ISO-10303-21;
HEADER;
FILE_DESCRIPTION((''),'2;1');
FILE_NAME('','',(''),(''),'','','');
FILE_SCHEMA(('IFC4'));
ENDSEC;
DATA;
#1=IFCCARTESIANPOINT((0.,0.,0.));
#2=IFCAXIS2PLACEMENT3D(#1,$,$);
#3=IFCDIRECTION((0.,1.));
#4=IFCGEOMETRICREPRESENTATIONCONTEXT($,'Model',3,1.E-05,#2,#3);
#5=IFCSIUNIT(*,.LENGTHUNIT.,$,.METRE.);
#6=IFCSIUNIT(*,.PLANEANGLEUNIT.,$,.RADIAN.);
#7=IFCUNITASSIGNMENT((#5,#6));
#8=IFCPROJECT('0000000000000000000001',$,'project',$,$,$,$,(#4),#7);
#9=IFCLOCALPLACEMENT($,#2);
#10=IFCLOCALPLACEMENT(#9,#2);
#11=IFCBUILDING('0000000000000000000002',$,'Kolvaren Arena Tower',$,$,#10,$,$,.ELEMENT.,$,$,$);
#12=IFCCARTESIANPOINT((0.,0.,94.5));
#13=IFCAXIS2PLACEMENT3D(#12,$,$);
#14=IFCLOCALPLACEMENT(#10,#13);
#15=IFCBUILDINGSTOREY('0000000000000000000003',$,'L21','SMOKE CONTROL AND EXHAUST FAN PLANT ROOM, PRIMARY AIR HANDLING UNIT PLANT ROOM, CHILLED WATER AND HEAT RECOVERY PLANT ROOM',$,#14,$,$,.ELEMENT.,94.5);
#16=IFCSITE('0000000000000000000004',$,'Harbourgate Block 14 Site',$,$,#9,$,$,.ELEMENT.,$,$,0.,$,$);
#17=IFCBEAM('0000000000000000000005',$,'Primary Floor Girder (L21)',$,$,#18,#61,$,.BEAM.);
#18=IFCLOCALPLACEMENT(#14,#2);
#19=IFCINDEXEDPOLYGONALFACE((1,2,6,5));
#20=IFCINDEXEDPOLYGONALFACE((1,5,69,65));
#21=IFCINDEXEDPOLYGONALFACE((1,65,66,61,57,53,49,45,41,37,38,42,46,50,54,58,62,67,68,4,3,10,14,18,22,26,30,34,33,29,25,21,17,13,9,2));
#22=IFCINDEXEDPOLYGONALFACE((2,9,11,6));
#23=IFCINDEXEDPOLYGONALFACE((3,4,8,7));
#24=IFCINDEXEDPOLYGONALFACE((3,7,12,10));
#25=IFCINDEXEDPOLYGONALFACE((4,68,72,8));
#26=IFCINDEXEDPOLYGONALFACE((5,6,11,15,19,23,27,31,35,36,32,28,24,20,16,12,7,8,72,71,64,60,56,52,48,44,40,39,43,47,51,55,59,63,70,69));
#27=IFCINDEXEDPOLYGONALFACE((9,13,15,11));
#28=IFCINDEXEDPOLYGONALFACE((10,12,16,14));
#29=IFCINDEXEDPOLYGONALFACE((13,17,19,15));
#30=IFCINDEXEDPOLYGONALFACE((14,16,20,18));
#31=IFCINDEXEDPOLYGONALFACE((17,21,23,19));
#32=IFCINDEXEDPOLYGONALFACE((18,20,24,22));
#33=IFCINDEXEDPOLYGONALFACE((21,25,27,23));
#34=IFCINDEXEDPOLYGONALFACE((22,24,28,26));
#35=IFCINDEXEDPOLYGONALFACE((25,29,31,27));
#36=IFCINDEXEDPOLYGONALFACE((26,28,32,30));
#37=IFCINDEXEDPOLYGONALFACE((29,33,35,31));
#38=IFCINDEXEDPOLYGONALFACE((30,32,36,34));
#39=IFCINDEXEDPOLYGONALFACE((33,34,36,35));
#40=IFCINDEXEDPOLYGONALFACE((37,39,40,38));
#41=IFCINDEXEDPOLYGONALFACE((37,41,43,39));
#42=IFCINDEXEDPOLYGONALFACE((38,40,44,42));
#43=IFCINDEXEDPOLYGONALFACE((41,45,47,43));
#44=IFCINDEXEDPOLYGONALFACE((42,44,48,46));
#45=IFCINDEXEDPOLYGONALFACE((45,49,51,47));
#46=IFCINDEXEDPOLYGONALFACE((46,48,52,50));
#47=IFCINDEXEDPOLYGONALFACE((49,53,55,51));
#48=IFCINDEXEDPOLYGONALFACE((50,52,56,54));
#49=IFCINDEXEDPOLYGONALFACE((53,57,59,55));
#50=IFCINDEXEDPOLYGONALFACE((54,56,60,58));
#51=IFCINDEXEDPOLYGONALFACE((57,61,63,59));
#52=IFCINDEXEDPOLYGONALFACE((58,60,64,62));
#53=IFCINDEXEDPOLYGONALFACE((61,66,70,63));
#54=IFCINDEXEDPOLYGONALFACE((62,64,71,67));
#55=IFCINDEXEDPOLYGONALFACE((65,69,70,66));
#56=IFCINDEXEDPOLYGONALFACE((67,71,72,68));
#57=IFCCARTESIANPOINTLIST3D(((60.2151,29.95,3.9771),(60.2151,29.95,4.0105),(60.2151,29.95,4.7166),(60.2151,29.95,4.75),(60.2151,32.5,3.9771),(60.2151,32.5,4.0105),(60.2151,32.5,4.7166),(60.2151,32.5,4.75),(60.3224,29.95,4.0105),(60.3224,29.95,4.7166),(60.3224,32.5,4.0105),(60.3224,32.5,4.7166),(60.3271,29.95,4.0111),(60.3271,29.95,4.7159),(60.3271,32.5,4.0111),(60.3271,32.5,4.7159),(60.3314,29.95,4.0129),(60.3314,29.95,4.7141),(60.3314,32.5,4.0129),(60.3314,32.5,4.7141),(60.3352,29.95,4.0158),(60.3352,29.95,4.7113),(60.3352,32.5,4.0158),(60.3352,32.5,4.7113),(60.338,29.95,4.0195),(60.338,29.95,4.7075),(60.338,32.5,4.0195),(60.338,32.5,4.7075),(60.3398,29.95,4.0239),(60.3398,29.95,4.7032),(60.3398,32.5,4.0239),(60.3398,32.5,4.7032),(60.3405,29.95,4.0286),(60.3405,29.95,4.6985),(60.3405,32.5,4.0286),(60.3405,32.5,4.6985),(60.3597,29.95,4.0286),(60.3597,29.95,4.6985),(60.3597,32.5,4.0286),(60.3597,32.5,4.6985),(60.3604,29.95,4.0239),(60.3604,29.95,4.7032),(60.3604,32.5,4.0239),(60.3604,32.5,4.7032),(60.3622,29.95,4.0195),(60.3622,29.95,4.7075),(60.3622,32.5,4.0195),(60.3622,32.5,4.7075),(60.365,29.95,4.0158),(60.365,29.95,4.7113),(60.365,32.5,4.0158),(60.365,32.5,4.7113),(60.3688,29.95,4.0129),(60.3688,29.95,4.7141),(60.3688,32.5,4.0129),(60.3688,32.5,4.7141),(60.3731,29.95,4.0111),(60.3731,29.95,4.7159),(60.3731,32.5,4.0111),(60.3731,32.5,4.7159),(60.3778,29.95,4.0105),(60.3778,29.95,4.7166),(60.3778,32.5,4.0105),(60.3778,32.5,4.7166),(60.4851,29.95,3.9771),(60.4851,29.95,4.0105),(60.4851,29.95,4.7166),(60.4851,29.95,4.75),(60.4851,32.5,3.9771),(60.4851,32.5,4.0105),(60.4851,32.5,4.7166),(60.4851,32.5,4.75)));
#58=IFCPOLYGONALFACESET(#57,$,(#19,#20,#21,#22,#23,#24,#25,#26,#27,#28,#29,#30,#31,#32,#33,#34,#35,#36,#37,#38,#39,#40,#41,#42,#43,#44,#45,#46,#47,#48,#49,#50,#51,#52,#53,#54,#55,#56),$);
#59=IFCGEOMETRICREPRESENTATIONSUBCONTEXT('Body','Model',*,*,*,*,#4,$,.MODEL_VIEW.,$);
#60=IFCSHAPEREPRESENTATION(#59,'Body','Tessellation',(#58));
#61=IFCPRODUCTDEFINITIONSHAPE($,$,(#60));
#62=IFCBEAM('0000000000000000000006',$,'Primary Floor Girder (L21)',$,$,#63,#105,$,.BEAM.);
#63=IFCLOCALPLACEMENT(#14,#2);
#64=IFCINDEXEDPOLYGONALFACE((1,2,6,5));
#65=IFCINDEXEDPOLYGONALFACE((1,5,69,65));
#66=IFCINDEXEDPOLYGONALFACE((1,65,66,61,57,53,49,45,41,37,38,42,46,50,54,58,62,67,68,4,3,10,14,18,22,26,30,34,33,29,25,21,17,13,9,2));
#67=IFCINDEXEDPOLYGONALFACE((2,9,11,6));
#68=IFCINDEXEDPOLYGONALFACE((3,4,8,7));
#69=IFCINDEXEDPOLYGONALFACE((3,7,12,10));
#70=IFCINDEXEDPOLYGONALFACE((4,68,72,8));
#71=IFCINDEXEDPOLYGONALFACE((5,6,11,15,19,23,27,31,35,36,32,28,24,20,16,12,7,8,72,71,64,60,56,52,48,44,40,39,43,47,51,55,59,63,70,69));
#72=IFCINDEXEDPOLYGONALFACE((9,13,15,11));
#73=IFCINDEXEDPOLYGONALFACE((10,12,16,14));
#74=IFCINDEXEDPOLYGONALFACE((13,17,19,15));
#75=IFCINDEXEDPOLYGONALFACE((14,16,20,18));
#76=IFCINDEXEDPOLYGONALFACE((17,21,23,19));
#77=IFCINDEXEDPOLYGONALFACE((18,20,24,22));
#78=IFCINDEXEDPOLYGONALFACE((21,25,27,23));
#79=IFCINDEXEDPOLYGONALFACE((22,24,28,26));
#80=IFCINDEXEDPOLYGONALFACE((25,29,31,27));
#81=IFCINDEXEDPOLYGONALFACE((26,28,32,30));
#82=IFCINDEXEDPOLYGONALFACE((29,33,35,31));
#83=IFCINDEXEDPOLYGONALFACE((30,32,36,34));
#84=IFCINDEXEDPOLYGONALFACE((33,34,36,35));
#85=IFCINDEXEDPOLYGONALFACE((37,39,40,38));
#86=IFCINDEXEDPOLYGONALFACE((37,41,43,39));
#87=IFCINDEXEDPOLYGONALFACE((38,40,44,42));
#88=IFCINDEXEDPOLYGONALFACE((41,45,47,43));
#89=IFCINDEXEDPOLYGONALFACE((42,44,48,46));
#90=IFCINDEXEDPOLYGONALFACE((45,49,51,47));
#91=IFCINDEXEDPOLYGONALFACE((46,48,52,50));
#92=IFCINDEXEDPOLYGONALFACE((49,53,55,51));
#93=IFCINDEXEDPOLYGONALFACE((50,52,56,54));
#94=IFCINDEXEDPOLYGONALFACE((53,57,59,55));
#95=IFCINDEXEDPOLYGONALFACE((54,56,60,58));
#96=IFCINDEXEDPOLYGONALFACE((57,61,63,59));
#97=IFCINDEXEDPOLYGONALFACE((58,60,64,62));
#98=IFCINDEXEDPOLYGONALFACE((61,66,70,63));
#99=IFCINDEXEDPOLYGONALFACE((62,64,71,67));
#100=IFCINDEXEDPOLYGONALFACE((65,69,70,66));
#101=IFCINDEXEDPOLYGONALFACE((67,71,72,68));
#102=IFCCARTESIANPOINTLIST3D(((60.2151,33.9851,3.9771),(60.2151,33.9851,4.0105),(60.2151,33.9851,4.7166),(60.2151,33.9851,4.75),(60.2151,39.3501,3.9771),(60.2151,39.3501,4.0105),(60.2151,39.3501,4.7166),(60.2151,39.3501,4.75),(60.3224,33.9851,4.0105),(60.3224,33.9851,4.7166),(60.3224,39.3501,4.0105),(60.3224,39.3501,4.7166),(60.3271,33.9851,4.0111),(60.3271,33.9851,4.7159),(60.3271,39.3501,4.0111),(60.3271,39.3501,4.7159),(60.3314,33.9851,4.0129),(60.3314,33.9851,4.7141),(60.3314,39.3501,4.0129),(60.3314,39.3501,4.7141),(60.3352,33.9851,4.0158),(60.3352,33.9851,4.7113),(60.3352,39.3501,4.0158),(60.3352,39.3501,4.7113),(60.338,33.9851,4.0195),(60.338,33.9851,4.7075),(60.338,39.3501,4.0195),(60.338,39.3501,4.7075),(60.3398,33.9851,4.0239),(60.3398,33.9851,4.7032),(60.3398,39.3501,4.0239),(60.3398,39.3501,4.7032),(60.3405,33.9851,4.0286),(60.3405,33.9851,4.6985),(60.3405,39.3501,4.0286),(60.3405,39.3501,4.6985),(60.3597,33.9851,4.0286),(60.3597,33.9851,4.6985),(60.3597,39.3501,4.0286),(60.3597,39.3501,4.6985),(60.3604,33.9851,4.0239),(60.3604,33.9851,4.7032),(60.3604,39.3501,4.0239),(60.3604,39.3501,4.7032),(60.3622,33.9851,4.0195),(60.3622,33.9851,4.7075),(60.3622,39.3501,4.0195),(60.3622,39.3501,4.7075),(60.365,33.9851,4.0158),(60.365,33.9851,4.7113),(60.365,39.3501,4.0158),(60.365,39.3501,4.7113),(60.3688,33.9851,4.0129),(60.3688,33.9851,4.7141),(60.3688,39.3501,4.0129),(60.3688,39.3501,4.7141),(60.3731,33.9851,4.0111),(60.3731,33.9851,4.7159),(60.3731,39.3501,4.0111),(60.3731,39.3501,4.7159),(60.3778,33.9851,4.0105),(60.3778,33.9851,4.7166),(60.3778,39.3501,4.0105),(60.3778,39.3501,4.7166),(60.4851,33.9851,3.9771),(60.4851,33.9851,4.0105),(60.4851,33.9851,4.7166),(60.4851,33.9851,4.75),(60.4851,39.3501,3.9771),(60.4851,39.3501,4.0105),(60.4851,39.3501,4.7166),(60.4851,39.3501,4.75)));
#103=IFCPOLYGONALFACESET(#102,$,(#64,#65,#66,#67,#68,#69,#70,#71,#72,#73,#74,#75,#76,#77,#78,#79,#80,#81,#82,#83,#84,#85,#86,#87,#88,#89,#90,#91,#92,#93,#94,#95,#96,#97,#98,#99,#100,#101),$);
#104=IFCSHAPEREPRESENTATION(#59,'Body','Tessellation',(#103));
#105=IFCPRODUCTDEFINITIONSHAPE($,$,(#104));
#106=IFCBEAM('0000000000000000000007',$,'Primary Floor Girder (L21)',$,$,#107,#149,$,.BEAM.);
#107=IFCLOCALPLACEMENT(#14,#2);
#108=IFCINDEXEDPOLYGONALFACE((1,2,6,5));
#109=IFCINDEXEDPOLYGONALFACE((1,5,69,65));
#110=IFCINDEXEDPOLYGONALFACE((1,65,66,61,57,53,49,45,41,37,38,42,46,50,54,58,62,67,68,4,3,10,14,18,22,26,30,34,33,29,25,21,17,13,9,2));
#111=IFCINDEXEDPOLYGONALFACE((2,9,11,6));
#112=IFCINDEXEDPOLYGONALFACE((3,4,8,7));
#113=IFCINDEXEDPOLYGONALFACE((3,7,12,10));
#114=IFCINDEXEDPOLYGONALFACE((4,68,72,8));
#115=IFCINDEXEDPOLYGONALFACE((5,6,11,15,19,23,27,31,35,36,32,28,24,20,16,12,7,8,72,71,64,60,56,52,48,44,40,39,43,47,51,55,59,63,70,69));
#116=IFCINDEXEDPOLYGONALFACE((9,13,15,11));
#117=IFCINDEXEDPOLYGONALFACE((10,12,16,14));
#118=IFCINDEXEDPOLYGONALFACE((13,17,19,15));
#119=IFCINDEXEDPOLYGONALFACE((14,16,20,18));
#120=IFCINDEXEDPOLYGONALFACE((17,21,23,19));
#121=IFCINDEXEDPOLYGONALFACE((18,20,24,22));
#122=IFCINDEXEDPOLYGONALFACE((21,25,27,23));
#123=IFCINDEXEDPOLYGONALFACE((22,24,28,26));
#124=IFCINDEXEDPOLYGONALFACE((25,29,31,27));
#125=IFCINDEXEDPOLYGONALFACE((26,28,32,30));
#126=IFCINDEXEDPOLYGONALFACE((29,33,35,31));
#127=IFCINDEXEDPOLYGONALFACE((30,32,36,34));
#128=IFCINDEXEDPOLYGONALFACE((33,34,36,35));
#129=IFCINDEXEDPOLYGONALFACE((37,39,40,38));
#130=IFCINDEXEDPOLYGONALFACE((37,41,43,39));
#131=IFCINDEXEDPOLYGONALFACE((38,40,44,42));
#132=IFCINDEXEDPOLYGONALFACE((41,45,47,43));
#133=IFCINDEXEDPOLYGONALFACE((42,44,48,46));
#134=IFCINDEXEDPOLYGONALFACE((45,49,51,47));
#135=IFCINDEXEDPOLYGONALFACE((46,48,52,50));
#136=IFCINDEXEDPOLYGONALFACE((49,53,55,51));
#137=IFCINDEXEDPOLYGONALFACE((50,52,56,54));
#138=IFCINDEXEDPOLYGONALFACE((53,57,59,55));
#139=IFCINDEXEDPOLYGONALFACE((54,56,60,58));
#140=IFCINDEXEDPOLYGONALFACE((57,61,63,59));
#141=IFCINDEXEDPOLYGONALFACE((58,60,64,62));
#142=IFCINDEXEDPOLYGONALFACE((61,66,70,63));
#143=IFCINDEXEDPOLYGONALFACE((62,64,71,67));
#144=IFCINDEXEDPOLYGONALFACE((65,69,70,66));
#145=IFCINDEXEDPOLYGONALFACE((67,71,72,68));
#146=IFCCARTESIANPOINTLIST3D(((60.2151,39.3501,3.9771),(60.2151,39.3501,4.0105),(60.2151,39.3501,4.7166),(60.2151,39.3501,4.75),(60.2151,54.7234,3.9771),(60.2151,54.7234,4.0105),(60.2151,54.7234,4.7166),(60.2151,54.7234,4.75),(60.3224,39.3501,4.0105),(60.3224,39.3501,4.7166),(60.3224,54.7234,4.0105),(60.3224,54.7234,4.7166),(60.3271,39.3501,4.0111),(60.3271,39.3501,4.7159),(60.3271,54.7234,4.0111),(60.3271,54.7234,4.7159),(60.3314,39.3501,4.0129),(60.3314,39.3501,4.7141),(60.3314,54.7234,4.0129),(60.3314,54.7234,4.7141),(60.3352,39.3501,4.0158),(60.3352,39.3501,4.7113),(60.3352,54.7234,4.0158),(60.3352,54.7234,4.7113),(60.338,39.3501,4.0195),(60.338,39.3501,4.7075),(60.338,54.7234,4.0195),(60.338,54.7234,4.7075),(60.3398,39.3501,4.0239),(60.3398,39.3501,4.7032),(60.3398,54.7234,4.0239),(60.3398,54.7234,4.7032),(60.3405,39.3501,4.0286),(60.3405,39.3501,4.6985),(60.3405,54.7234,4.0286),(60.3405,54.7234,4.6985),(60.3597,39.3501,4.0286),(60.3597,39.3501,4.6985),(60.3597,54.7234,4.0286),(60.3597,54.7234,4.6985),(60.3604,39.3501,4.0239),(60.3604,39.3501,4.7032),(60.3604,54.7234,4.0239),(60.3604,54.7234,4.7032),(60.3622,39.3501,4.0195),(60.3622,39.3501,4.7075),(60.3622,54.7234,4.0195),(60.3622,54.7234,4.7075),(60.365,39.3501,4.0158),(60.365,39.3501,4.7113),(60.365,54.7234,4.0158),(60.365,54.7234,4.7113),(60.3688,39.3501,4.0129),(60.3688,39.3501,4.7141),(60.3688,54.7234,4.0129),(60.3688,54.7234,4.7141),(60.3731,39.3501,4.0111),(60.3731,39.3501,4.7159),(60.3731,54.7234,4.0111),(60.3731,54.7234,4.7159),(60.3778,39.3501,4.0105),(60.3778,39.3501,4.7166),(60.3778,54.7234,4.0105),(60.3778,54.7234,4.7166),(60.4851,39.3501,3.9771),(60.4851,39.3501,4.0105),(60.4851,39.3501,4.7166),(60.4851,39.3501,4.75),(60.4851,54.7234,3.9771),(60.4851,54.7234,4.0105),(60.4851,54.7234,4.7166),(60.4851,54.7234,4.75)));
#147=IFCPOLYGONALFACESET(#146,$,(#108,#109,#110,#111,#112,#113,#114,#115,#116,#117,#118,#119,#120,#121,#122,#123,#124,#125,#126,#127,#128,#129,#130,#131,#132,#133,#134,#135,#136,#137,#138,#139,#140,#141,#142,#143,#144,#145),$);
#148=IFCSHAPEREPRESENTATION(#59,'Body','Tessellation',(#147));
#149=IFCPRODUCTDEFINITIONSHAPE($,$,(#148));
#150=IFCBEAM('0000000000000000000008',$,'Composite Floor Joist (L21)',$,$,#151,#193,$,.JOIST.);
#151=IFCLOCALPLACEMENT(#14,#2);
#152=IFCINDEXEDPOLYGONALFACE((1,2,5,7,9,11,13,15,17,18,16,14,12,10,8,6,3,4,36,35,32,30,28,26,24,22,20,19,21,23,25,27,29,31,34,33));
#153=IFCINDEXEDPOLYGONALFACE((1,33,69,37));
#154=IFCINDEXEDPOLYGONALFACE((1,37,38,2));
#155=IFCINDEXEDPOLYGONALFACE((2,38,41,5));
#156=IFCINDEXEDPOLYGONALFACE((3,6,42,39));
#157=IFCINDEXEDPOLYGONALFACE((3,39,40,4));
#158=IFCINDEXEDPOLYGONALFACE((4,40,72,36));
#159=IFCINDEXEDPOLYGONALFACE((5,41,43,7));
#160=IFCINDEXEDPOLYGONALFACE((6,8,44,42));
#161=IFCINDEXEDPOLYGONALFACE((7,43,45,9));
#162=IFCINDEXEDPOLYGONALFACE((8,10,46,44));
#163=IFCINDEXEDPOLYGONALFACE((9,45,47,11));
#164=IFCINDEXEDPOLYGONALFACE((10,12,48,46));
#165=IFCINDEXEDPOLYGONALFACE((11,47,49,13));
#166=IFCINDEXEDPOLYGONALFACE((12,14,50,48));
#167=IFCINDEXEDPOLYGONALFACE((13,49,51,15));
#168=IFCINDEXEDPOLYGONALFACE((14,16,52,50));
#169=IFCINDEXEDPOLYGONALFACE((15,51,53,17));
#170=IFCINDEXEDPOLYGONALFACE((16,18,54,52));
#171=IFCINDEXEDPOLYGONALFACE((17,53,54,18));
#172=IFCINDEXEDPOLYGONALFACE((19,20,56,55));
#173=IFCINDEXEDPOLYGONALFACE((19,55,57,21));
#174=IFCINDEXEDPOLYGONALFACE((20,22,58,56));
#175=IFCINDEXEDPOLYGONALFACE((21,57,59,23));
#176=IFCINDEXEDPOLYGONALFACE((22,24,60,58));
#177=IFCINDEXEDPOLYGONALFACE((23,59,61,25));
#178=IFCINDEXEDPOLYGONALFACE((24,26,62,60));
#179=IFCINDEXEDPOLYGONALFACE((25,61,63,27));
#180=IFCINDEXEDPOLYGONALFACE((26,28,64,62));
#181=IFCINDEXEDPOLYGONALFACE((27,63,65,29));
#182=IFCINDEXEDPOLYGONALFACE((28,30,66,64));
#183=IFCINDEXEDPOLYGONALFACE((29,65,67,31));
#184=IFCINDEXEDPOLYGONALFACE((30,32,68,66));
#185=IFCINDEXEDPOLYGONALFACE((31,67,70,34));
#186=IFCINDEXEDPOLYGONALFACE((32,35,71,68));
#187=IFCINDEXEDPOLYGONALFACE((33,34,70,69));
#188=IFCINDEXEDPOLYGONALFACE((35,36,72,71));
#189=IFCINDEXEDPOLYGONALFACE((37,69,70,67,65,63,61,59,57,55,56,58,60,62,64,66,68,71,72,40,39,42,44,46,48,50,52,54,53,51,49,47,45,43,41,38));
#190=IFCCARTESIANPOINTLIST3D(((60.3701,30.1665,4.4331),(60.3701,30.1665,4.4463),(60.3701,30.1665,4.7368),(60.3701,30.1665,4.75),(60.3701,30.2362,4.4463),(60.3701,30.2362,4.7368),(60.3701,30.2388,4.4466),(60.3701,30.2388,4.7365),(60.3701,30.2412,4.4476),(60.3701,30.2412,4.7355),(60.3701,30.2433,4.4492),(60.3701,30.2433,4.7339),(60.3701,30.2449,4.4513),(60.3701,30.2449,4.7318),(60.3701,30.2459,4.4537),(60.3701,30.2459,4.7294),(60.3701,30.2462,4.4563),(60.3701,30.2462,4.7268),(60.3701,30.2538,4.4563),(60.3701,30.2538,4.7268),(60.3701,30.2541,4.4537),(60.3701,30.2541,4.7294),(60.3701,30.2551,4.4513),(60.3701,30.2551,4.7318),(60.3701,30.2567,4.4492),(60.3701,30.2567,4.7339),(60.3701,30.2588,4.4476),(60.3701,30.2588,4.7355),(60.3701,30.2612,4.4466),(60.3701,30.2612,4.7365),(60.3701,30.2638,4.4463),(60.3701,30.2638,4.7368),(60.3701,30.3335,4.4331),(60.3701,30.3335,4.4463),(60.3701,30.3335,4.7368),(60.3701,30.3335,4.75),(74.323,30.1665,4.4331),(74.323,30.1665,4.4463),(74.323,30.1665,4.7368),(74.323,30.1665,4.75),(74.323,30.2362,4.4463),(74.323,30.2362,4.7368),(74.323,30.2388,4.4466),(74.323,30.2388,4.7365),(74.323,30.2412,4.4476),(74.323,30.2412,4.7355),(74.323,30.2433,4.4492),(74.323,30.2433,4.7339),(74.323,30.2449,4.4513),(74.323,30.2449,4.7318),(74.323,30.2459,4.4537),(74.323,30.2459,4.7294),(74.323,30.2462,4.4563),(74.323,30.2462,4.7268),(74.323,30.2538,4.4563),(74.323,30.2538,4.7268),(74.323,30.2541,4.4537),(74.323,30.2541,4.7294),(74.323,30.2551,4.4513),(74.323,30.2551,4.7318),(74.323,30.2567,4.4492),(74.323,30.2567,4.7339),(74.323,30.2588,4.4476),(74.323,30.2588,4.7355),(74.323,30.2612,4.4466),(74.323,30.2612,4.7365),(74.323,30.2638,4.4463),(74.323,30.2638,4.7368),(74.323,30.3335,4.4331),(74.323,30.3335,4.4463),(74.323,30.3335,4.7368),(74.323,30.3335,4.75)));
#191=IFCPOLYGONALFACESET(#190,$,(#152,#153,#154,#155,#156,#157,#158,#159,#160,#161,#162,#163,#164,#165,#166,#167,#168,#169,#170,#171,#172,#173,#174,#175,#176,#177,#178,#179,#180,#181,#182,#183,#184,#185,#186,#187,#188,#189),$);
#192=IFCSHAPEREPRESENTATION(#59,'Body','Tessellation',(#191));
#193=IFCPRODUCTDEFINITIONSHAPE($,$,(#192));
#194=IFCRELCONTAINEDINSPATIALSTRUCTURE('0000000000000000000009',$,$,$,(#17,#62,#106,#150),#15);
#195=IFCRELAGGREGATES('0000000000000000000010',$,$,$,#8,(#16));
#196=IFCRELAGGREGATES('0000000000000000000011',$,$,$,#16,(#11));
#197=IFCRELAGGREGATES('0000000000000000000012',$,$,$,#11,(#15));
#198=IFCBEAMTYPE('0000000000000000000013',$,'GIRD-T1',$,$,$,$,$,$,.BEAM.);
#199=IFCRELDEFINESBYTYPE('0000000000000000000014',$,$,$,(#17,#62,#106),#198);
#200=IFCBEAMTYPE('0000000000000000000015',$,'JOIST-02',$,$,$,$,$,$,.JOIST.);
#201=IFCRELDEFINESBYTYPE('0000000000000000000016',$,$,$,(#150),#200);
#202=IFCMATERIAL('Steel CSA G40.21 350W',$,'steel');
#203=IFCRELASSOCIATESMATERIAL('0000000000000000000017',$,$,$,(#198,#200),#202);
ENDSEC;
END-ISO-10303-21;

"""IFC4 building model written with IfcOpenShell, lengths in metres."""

from ifc_helpers import new_model, si_unit, direction, frame, origin, origin_2d, place, context, subcontext, project, spatial, i_section, extrude, material, material_profile, profile_set, type_object, element, save


model = new_model("IFC4")

# Units and contexts
model_context = context("Model", 3, precision=1e-05, world=origin(), true_north=direction((0.0, 1.0)))
body_context = subcontext(model_context, "Body", "Model", "MODEL_VIEW")
ifc_project = project(units=[si_unit("LENGTHUNIT", "METRE"), si_unit("PLANEANGLEUNIT", "RADIAN")], contexts=[model_context])

# Site, building, storey
site_placement = place(None, origin())
site = spatial("IfcSite", under=ifc_project, at=site_placement, Name="Harbourgate Block 14 Site", CompositionType="ELEMENT", RefElevation=0.0)
building_placement = place(site_placement, origin())
building = spatial("IfcBuilding", under=site, at=building_placement, Name="Kolvaren Arena Tower", CompositionType="ELEMENT")
storey_placement = place(building_placement, frame((0.0, 0.0, 94.5)))
storey = spatial("IfcBuildingStorey", under=building, at=storey_placement, Name="L21", Description="SMOKE CONTROL AND EXHAUST FAN PLANT ROOM, PRIMARY AIR HANDLING UNIT PLANT ROOM, CHILLED WATER AND HEAT RECOVERY PLANT ROOM", CompositionType="ELEMENT", Elevation=94.5)

# Beams
ifc_material_1 = material(Name="Steel CSA G40.21 350W", Category="steel")
ifc_material_profile_1 = material_profile(ifc_material_1, i_section(OverallWidth=0.27, OverallDepth=0.7729, WebThickness=0.0193, FlangeThickness=0.0334, FilletRadius=0.0181, at=origin_2d()), Name="W760x257")
ifc_profile_set_1 = profile_set([ifc_material_profile_1], Name="Steel CSA G40.21 350W")
beam_type_1 = type_object("IfcBeamType", Name="GIRD-T1", PredefinedType="BEAM", material=ifc_profile_set_1)
beam_1_placement = place(storey_placement, frame((60.3501, 29.95, 4.3635), z_axis=(0.0, 1.0, 0.0), x_axis=(-1.0, 0.0, 0.0)))
element("IfcBeam", 1, at=beam_1_placement, inside=storey, type_object=beam_type_1, Name="Primary Floor Girder (L21)", PredefinedType="BEAM", context=body_context, shape_type="SweptSolid", body=[
    extrude(i_section(OverallWidth=0.27, OverallDepth=0.7729, WebThickness=0.0193, FlangeThickness=0.0334, FilletRadius=0.0181, at=origin_2d()), origin(), (0.0, 0.0, 1.0), 2.55),
])
beam_2_placement = place(storey_placement, frame((60.3501, 33.9851, 4.3635), z_axis=(0.0, 1.0, 0.0), x_axis=(-1.0, 0.0, 0.0)))
element("IfcBeam", 2, at=beam_2_placement, inside=storey, type_object=beam_type_1, Name="Primary Floor Girder (L21)", PredefinedType="BEAM", context=body_context, shape_type="SweptSolid", body=[
    extrude(i_section(OverallWidth=0.27, OverallDepth=0.7729, WebThickness=0.0193, FlangeThickness=0.0334, FilletRadius=0.0181, at=origin_2d()), origin(), (0.0, 0.0, 1.0), 5.365),
])
beam_3_placement = place(storey_placement, frame((60.3501, 39.3501, 4.3635), z_axis=(0.0, 1.0, 0.0), x_axis=(-1.0, 0.0, 0.0)))
element("IfcBeam", 3, at=beam_3_placement, inside=storey, type_object=beam_type_1, Name="Primary Floor Girder (L21)", PredefinedType="BEAM", context=body_context, shape_type="SweptSolid", body=[
    extrude(i_section(OverallWidth=0.27, OverallDepth=0.7729, WebThickness=0.0193, FlangeThickness=0.0334, FilletRadius=0.0181, at=origin_2d()), origin(), (0.0, 0.0, 1.0), 15.3733),
])
ifc_material_profile_2 = material_profile(ifc_material_1, i_section(OverallWidth=0.167, OverallDepth=0.3169, WebThickness=0.0076, FlangeThickness=0.0132, FilletRadius=0.01, at=origin_2d()), Name="W310x52")
ifc_profile_set_2 = profile_set([ifc_material_profile_2], Name="Steel CSA G40.21 350W")
beam_type_2 = type_object("IfcBeamType", Name="JOIST-02", PredefinedType="JOIST", material=ifc_profile_set_2)
beam_4_placement = place(storey_placement, frame((60.3701, 30.25, 4.5916), z_axis=(1.0, 0.0, 0.0), x_axis=(0.0, 1.0, 0.0)))
element("IfcBeam", 4, at=beam_4_placement, inside=storey, type_object=beam_type_2, Name="Composite Floor Joist (L21)", PredefinedType="JOIST", context=body_context, shape_type="SweptSolid", body=[
    extrude(i_section(OverallWidth=0.167, OverallDepth=0.3169, WebThickness=0.0076, FlangeThickness=0.0132, FilletRadius=0.01, at=origin_2d()), origin(), (0.0, 0.0, 1.0), 13.9529),
])

save(model, "model.ifc")
